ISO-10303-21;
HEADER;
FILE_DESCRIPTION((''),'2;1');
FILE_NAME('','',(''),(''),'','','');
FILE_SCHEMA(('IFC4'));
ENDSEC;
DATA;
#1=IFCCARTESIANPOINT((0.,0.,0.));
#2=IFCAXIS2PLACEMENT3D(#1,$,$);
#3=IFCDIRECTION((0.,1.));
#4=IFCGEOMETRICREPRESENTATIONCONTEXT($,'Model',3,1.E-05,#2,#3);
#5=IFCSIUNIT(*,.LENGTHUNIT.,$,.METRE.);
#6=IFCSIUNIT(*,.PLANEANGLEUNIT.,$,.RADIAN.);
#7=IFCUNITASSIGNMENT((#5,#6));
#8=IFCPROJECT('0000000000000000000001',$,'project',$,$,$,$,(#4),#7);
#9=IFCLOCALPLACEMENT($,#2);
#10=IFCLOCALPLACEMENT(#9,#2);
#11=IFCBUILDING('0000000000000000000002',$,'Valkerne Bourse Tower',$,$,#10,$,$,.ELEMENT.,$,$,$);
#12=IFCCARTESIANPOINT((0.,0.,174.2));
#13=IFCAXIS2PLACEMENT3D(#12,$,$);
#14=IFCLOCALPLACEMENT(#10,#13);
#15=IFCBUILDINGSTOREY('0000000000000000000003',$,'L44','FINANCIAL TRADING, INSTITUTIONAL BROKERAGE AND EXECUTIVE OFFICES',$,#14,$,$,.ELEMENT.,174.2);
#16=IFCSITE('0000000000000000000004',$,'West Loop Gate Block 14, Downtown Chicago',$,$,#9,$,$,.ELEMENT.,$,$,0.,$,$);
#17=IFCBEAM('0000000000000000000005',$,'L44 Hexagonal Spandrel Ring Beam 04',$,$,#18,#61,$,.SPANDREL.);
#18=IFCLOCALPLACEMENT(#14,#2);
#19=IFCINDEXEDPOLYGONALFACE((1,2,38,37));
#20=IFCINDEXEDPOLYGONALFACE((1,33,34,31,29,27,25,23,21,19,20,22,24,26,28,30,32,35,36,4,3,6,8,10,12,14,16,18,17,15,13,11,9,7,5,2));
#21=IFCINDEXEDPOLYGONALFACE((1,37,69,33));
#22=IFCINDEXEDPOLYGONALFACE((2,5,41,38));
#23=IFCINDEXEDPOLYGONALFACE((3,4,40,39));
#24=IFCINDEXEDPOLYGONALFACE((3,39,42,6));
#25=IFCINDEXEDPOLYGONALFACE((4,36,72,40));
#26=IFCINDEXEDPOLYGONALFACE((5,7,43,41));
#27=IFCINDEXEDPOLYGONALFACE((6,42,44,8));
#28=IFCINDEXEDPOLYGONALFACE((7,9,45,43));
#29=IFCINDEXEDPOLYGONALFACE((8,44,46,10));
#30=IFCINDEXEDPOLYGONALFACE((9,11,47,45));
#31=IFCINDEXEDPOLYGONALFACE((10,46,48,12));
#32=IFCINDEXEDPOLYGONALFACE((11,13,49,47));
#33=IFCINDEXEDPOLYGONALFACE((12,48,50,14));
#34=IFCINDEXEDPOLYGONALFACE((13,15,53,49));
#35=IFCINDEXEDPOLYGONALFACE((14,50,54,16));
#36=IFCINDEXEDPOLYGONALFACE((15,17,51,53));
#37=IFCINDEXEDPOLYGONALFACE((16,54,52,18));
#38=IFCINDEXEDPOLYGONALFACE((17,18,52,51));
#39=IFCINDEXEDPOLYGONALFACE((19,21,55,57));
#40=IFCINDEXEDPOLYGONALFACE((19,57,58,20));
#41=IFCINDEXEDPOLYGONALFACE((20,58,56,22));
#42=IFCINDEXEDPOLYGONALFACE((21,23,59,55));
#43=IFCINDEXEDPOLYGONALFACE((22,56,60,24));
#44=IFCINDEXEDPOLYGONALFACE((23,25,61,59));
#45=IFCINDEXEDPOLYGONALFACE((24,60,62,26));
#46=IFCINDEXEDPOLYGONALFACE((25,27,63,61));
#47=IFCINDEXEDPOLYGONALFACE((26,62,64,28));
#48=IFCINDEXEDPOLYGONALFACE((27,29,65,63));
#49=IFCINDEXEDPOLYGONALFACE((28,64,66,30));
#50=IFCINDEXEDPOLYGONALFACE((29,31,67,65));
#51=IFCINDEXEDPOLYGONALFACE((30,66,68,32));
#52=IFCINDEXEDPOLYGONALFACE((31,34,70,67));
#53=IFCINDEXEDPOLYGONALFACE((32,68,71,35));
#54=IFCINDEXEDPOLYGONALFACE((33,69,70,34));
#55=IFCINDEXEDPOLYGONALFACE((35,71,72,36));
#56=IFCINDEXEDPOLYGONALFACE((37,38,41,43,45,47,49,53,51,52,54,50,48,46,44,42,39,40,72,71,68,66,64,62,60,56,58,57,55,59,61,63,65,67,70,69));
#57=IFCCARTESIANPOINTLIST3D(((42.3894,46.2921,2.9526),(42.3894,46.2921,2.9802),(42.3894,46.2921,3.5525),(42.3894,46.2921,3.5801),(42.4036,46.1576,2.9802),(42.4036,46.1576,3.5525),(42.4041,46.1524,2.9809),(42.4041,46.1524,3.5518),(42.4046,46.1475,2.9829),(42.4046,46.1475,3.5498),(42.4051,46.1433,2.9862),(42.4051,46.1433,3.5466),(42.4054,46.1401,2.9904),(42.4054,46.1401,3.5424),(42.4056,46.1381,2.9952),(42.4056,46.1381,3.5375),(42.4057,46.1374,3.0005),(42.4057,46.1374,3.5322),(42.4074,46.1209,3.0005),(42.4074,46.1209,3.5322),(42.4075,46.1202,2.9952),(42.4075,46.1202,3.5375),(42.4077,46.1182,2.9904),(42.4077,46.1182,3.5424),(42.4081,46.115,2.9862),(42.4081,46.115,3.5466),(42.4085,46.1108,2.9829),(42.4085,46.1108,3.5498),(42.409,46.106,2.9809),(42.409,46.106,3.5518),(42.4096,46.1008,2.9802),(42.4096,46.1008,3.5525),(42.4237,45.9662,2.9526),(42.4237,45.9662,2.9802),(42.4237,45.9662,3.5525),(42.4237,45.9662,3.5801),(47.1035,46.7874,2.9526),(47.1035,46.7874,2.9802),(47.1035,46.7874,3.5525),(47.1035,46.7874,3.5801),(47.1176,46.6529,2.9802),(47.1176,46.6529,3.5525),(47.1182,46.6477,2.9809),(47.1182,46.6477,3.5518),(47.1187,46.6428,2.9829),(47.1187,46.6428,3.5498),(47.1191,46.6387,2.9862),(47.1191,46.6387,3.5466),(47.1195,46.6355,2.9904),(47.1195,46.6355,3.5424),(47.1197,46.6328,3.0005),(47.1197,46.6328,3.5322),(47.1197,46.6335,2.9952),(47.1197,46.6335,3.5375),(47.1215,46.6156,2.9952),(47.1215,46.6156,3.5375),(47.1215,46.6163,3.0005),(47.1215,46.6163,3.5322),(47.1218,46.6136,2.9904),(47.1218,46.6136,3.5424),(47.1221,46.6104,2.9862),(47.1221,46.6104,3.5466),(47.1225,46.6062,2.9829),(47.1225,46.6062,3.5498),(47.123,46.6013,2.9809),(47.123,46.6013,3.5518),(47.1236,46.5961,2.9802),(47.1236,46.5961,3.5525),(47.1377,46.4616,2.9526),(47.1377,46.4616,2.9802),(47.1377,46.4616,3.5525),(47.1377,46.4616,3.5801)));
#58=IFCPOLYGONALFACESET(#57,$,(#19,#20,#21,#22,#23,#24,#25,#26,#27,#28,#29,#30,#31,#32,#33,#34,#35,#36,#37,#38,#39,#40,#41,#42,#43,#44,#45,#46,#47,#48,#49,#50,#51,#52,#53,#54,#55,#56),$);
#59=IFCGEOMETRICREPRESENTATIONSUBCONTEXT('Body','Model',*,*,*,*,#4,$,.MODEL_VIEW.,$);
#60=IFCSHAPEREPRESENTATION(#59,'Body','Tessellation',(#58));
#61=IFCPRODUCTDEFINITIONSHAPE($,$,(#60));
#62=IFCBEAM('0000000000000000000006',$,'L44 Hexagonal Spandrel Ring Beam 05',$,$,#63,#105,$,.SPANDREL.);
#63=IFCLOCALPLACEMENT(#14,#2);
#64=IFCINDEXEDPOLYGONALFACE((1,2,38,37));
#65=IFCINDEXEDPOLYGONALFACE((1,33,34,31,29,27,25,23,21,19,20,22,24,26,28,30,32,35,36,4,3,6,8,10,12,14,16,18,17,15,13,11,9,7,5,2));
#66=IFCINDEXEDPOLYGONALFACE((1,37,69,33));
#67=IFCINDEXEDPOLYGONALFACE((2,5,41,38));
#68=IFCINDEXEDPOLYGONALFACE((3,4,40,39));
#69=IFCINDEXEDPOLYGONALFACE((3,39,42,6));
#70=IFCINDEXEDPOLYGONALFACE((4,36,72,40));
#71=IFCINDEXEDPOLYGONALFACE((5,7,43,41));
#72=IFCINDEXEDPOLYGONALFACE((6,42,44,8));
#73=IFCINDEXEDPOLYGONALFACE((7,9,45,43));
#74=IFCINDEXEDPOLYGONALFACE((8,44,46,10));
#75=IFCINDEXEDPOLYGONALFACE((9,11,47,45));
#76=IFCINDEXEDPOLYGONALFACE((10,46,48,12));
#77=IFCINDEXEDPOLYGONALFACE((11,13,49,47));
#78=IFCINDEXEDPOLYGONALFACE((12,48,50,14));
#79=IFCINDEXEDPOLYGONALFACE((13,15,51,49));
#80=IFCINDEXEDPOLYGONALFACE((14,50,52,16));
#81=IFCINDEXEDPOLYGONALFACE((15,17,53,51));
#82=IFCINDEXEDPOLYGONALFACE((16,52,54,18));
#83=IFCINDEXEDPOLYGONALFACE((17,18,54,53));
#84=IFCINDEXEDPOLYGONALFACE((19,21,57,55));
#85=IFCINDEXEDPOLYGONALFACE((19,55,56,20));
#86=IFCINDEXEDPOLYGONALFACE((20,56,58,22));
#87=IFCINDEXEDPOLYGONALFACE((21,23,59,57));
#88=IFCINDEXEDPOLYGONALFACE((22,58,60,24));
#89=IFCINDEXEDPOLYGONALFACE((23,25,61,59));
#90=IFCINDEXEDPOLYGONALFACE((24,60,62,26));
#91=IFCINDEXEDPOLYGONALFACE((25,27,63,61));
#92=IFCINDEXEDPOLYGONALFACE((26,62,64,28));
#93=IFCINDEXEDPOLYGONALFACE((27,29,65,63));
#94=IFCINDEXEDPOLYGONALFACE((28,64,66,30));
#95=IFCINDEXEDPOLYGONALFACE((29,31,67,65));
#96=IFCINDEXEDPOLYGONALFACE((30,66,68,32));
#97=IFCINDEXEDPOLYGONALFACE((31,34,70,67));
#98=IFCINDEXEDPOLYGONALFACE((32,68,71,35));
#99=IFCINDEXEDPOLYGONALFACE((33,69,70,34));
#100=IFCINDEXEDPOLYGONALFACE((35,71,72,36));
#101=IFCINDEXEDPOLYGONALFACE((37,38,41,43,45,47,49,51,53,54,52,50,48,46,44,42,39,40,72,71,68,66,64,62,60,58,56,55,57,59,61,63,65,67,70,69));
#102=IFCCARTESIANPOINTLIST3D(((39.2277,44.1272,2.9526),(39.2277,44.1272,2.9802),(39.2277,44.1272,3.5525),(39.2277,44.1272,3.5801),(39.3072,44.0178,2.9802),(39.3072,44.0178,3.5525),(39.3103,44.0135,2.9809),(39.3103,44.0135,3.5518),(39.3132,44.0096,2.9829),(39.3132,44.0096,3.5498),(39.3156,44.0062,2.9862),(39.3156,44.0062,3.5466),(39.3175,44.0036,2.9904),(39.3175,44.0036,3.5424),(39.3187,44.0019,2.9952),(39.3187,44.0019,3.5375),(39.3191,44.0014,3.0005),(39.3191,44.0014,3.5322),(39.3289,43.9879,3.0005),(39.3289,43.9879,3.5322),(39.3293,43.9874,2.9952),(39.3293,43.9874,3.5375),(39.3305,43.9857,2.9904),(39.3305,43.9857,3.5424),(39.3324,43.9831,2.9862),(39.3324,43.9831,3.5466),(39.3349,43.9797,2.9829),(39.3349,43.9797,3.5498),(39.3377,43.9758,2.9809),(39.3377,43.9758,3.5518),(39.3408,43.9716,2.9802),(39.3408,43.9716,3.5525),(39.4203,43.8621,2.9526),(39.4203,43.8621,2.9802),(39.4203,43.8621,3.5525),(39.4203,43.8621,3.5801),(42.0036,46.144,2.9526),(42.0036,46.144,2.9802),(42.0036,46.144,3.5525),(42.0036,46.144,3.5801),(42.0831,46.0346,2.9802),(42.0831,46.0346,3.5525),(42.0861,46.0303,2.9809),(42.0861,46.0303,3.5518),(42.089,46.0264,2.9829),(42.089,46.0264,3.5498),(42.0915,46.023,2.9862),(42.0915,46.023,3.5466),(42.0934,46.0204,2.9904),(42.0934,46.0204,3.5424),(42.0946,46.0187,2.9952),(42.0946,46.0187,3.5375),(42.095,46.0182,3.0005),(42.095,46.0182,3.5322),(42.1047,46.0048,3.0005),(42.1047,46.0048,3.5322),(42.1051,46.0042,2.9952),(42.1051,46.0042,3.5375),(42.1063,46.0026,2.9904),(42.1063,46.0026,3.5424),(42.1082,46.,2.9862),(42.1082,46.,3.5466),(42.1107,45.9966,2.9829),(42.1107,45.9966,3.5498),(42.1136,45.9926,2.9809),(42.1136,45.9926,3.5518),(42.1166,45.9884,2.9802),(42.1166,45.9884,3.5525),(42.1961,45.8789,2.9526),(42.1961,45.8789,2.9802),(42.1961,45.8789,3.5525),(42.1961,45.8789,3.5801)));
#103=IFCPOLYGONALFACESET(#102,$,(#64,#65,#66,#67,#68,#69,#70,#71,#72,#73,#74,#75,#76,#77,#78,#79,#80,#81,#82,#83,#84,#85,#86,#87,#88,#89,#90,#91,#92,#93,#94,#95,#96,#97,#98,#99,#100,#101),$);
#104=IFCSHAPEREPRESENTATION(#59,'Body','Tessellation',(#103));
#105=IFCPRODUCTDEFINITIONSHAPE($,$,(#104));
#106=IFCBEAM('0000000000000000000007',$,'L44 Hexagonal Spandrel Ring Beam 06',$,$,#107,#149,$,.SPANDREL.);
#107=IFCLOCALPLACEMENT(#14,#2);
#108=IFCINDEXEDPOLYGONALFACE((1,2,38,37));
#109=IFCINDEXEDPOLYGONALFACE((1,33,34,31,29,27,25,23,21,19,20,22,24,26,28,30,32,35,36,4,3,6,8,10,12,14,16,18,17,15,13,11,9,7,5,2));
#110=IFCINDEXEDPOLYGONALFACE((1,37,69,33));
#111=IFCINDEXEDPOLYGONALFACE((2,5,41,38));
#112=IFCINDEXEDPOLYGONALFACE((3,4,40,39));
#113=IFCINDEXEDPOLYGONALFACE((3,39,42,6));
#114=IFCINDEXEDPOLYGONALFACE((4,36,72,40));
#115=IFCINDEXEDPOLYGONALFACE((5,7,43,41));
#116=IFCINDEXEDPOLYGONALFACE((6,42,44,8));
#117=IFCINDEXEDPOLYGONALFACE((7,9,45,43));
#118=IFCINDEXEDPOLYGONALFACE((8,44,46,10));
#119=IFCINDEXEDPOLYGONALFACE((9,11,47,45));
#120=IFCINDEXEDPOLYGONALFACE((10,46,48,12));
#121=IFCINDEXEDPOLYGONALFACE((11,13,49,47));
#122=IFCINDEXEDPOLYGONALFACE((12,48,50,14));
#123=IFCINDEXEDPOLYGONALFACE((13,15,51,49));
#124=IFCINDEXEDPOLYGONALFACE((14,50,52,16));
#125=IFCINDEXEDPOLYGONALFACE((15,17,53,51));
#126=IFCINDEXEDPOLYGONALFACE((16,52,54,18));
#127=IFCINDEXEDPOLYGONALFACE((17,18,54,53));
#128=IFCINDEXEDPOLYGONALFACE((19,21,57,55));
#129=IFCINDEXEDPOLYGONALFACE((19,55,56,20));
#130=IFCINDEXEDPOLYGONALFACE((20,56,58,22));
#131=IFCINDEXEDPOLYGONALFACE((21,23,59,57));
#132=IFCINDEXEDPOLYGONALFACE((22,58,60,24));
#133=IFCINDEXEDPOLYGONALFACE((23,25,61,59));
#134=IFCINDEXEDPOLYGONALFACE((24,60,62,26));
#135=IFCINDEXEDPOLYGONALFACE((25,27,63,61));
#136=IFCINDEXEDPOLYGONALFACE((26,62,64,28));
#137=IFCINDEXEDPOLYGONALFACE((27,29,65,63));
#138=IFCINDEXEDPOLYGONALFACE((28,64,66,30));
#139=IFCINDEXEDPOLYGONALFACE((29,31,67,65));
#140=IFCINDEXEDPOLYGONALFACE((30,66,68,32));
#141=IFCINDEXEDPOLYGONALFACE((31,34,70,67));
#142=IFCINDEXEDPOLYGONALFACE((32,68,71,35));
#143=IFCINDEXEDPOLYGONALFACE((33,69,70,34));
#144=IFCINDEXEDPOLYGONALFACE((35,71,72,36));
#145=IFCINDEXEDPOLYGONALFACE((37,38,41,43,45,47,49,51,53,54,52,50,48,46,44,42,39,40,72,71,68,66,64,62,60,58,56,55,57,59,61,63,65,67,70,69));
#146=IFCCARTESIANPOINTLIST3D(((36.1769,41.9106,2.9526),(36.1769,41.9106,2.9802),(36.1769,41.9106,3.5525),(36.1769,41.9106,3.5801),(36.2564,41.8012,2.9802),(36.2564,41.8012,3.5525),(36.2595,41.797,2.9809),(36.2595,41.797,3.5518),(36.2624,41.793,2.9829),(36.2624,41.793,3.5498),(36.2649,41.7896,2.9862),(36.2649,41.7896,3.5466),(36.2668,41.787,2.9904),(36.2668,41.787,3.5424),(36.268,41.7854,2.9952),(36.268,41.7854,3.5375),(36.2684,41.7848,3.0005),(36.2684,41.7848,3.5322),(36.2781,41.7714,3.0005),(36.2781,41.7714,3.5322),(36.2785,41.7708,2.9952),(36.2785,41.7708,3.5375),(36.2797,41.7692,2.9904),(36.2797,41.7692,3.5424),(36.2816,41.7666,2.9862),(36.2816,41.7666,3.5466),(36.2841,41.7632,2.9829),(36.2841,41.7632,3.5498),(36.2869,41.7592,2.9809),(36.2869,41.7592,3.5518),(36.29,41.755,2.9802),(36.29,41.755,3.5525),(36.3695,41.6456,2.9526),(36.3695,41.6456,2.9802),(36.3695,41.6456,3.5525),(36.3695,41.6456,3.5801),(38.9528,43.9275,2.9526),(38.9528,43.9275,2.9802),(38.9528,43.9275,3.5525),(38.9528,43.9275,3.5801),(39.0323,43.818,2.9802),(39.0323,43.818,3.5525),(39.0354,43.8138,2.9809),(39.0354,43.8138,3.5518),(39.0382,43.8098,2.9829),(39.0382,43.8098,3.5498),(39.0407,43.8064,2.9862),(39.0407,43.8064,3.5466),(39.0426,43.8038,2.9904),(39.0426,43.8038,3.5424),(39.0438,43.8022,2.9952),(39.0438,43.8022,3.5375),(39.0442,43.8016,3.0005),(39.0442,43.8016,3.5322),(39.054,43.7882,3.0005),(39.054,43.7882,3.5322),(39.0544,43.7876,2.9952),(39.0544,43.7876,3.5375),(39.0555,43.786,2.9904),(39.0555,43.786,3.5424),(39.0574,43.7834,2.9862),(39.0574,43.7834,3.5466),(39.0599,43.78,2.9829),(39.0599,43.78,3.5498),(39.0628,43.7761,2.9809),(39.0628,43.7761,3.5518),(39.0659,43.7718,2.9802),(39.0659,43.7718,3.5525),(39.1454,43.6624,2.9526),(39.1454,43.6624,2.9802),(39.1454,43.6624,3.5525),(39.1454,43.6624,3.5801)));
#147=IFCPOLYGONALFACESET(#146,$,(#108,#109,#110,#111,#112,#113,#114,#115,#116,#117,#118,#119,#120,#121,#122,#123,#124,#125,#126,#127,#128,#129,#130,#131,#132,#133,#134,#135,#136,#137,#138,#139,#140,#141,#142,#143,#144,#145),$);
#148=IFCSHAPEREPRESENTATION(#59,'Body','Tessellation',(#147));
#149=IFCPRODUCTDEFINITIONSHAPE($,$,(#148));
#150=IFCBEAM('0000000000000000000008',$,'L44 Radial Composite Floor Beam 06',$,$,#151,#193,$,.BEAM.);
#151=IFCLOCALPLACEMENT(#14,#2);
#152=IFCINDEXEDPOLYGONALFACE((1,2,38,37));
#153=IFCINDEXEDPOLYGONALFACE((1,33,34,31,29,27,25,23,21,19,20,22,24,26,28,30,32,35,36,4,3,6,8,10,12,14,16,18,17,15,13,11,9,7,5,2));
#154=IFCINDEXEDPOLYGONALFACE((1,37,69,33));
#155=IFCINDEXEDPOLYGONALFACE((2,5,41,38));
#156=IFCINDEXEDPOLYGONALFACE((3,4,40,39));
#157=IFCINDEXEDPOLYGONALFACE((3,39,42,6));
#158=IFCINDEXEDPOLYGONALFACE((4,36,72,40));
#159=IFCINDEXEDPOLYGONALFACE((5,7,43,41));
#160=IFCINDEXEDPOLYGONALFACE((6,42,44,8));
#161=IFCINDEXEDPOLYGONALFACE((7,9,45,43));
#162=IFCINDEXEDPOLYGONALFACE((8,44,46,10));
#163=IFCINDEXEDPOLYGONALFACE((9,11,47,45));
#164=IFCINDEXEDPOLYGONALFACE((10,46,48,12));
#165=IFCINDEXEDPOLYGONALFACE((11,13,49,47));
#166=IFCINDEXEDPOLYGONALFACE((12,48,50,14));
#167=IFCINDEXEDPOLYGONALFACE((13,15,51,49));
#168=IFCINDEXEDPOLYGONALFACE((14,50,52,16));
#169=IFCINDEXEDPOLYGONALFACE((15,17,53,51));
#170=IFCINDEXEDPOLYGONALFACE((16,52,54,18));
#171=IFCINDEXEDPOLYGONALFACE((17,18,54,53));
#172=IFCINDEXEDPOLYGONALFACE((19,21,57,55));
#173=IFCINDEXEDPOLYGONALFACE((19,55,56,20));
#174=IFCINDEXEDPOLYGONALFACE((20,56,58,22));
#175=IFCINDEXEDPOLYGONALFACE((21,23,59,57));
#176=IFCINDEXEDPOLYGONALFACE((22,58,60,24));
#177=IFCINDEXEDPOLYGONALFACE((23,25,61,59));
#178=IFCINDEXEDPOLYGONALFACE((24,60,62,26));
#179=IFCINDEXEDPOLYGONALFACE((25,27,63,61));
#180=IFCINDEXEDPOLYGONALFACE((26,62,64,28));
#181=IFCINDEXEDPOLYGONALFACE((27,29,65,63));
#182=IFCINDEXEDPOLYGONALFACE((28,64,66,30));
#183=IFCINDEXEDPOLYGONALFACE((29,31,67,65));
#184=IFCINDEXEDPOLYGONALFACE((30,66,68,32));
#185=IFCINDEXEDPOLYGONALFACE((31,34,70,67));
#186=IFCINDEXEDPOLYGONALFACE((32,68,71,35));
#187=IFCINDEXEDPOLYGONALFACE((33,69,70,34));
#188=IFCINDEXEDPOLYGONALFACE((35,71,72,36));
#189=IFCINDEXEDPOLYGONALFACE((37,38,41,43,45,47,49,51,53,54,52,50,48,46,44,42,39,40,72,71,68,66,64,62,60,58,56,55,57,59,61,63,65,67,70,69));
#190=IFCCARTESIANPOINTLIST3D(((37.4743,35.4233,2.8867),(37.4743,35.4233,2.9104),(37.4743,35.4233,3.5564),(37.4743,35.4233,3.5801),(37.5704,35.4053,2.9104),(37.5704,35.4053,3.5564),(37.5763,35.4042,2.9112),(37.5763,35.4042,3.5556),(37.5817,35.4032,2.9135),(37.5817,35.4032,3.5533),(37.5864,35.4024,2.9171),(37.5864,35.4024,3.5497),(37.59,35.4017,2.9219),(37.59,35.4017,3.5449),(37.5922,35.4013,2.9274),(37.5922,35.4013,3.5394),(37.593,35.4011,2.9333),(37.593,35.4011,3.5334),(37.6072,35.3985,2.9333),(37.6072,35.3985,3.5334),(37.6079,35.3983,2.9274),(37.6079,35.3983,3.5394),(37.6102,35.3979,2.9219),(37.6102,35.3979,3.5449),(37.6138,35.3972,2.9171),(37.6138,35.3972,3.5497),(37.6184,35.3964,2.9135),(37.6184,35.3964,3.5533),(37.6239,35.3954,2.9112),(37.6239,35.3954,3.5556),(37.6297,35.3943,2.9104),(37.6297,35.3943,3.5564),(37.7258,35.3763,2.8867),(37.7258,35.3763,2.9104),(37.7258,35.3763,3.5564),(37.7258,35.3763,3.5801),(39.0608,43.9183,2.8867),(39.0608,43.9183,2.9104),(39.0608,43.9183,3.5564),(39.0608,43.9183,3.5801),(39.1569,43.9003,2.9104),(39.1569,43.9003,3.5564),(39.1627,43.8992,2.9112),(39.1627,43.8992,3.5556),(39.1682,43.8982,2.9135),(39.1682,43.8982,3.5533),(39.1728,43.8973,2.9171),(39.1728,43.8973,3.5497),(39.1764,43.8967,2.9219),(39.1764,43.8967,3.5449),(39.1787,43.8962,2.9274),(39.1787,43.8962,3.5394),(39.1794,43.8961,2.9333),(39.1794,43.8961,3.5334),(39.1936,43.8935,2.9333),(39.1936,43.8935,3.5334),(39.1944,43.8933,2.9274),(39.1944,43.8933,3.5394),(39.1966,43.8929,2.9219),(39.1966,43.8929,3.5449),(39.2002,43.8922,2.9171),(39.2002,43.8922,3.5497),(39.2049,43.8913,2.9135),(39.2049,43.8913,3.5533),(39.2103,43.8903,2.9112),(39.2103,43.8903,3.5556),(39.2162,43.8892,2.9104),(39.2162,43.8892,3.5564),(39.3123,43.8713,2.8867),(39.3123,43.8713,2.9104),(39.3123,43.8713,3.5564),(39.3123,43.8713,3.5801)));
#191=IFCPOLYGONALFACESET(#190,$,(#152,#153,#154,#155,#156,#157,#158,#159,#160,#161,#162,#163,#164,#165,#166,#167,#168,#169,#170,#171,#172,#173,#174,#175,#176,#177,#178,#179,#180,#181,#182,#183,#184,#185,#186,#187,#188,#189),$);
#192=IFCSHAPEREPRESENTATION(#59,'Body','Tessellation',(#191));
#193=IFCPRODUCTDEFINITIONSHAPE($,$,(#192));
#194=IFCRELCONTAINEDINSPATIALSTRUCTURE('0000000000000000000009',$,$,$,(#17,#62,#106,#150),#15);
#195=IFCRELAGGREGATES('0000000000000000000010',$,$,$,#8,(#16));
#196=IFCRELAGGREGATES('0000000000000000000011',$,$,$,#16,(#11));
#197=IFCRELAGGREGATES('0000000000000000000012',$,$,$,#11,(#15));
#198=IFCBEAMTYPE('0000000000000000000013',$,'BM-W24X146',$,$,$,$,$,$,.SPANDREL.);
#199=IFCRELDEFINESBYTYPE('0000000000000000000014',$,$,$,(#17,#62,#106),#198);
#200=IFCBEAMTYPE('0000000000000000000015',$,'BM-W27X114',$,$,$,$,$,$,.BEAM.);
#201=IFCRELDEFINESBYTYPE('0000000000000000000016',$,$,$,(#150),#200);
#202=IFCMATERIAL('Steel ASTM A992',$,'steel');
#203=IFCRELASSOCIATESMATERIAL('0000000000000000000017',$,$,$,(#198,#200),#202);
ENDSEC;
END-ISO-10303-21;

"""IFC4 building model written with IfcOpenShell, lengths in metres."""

from ifc_helpers import new_model, si_unit, direction, frame, origin, origin_2d, place, context, subcontext, project, spatial, i_section, extrude, material, material_profile, profile_set, type_object, element, save


model = new_model("IFC4")

# Units and contexts
model_context = context("Model", 3, precision=1e-05, world=origin(), true_north=direction((0.0, 1.0)))
body_context = subcontext(model_context, "Body", "Model", "MODEL_VIEW")
ifc_project = project(units=[si_unit("LENGTHUNIT", "METRE"), si_unit("PLANEANGLEUNIT", "RADIAN")], contexts=[model_context])

# Site, building, storey
site_placement = place(None, origin())
site = spatial("IfcSite", under=ifc_project, at=site_placement, Name="West Loop Gate Block 14, Downtown Chicago", CompositionType="ELEMENT", RefElevation=0.0)
building_placement = place(site_placement, origin())
building = spatial("IfcBuilding", under=site, at=building_placement, Name="Valkerne Bourse Tower", CompositionType="ELEMENT")
storey_placement = place(building_placement, frame((0.0, 0.0, 174.2)))
storey = spatial("IfcBuildingStorey", under=building, at=storey_placement, Name="L44", Description="FINANCIAL TRADING, INSTITUTIONAL BROKERAGE AND EXECUTIVE OFFICES", CompositionType="ELEMENT", Elevation=174.2)

# Beams
ifc_material_1 = material(Name="Steel ASTM A992", Category="steel")
ifc_material_profile_1 = material_profile(ifc_material_1, i_section(OverallWidth=0.3276, OverallDepth=0.6274, WebThickness=0.0166, FlangeThickness=0.0276, FilletRadius=0.0203, at=origin_2d()), Name="W24X146")
ifc_profile_set_1 = profile_set([ifc_material_profile_1], Name="Steel ASTM A992")
beam_type_1 = type_object("IfcBeamType", Name="BM-W24X146", PredefinedType="SPANDREL", material=ifc_profile_set_1)
beam_1_placement = place(storey_placement, frame((47.1206, 46.6245, 3.2664), z_axis=(-0.994524, -0.104505, 0.0), x_axis=(0.104505, -0.994524, 0.0)))
element("IfcBeam", 1, at=beam_1_placement, inside=storey, type_object=beam_type_1, Name="L44 Hexagonal Spandrel Ring Beam 04", PredefinedType="SPANDREL", context=body_context, shape_type="SweptSolid", body=[
    extrude(i_section(OverallWidth=0.3276, OverallDepth=0.6274, WebThickness=0.0166, FlangeThickness=0.0276, FilletRadius=0.0203, at=origin_2d()), origin(), (0.0, 0.0, 1.0), 4.74),
])
for number, where, z_axis, x_axis, name in (
    (2, (42.0999, 46.0115, 3.2664), (-0.80901, -0.587795, 0.0), (0.587795, -0.80901, 0.0), "L44 Hexagonal Spandrel Ring Beam 05"),
    (3, (39.0491, 43.7949, 3.2664), (-0.80901, -0.587795, 0.0), (0.587795, -0.80901, 0.0), "L44 Hexagonal Spandrel Ring Beam 06"),
):
    element("IfcBeam", number, at=place(storey_placement, frame(where, z_axis=z_axis, x_axis=x_axis)), inside=storey, type_object=beam_type_1, Name=name, PredefinedType="SPANDREL", context=body_context, shape_type="SweptSolid", body=[
        extrude(i_section(OverallWidth=0.3276, OverallDepth=0.6274, WebThickness=0.0166, FlangeThickness=0.0276, FilletRadius=0.0203, at=origin_2d()), origin(), (0.0, 0.0, 1.0), 3.4312),
    ])
ifc_material_profile_2 = material_profile(ifc_material_1, i_section(OverallWidth=0.2559, OverallDepth=0.6934, WebThickness=0.0144, FlangeThickness=0.0237, FilletRadius=0.0229, at=origin_2d()), Name="W27X114")
ifc_profile_set_2 = profile_set([ifc_material_profile_2], Name="Steel ASTM A992")
beam_type_2 = type_object("IfcBeamType", Name="BM-W27X114", PredefinedType="BEAM", material=ifc_profile_set_2)
beam_2_placement = place(storey_placement, frame((39.1865, 43.8948, 3.2334), z_axis=(-0.183577, -0.983005, 0.0), x_axis=(0.983005, -0.183577, 0.0)))
element("IfcBeam", 4, at=beam_2_placement, inside=storey, type_object=beam_type_2, Name="L44 Radial Composite Floor Beam 06", PredefinedType="BEAM", context=body_context, shape_type="SweptSolid", body=[
    extrude(i_section(OverallWidth=0.2559, OverallDepth=0.6934, WebThickness=0.0144, FlangeThickness=0.0237, FilletRadius=0.0229, at=origin_2d()), origin(), (0.0, 0.0, 1.0), 8.6418),
])

save(model, "model.ifc")
